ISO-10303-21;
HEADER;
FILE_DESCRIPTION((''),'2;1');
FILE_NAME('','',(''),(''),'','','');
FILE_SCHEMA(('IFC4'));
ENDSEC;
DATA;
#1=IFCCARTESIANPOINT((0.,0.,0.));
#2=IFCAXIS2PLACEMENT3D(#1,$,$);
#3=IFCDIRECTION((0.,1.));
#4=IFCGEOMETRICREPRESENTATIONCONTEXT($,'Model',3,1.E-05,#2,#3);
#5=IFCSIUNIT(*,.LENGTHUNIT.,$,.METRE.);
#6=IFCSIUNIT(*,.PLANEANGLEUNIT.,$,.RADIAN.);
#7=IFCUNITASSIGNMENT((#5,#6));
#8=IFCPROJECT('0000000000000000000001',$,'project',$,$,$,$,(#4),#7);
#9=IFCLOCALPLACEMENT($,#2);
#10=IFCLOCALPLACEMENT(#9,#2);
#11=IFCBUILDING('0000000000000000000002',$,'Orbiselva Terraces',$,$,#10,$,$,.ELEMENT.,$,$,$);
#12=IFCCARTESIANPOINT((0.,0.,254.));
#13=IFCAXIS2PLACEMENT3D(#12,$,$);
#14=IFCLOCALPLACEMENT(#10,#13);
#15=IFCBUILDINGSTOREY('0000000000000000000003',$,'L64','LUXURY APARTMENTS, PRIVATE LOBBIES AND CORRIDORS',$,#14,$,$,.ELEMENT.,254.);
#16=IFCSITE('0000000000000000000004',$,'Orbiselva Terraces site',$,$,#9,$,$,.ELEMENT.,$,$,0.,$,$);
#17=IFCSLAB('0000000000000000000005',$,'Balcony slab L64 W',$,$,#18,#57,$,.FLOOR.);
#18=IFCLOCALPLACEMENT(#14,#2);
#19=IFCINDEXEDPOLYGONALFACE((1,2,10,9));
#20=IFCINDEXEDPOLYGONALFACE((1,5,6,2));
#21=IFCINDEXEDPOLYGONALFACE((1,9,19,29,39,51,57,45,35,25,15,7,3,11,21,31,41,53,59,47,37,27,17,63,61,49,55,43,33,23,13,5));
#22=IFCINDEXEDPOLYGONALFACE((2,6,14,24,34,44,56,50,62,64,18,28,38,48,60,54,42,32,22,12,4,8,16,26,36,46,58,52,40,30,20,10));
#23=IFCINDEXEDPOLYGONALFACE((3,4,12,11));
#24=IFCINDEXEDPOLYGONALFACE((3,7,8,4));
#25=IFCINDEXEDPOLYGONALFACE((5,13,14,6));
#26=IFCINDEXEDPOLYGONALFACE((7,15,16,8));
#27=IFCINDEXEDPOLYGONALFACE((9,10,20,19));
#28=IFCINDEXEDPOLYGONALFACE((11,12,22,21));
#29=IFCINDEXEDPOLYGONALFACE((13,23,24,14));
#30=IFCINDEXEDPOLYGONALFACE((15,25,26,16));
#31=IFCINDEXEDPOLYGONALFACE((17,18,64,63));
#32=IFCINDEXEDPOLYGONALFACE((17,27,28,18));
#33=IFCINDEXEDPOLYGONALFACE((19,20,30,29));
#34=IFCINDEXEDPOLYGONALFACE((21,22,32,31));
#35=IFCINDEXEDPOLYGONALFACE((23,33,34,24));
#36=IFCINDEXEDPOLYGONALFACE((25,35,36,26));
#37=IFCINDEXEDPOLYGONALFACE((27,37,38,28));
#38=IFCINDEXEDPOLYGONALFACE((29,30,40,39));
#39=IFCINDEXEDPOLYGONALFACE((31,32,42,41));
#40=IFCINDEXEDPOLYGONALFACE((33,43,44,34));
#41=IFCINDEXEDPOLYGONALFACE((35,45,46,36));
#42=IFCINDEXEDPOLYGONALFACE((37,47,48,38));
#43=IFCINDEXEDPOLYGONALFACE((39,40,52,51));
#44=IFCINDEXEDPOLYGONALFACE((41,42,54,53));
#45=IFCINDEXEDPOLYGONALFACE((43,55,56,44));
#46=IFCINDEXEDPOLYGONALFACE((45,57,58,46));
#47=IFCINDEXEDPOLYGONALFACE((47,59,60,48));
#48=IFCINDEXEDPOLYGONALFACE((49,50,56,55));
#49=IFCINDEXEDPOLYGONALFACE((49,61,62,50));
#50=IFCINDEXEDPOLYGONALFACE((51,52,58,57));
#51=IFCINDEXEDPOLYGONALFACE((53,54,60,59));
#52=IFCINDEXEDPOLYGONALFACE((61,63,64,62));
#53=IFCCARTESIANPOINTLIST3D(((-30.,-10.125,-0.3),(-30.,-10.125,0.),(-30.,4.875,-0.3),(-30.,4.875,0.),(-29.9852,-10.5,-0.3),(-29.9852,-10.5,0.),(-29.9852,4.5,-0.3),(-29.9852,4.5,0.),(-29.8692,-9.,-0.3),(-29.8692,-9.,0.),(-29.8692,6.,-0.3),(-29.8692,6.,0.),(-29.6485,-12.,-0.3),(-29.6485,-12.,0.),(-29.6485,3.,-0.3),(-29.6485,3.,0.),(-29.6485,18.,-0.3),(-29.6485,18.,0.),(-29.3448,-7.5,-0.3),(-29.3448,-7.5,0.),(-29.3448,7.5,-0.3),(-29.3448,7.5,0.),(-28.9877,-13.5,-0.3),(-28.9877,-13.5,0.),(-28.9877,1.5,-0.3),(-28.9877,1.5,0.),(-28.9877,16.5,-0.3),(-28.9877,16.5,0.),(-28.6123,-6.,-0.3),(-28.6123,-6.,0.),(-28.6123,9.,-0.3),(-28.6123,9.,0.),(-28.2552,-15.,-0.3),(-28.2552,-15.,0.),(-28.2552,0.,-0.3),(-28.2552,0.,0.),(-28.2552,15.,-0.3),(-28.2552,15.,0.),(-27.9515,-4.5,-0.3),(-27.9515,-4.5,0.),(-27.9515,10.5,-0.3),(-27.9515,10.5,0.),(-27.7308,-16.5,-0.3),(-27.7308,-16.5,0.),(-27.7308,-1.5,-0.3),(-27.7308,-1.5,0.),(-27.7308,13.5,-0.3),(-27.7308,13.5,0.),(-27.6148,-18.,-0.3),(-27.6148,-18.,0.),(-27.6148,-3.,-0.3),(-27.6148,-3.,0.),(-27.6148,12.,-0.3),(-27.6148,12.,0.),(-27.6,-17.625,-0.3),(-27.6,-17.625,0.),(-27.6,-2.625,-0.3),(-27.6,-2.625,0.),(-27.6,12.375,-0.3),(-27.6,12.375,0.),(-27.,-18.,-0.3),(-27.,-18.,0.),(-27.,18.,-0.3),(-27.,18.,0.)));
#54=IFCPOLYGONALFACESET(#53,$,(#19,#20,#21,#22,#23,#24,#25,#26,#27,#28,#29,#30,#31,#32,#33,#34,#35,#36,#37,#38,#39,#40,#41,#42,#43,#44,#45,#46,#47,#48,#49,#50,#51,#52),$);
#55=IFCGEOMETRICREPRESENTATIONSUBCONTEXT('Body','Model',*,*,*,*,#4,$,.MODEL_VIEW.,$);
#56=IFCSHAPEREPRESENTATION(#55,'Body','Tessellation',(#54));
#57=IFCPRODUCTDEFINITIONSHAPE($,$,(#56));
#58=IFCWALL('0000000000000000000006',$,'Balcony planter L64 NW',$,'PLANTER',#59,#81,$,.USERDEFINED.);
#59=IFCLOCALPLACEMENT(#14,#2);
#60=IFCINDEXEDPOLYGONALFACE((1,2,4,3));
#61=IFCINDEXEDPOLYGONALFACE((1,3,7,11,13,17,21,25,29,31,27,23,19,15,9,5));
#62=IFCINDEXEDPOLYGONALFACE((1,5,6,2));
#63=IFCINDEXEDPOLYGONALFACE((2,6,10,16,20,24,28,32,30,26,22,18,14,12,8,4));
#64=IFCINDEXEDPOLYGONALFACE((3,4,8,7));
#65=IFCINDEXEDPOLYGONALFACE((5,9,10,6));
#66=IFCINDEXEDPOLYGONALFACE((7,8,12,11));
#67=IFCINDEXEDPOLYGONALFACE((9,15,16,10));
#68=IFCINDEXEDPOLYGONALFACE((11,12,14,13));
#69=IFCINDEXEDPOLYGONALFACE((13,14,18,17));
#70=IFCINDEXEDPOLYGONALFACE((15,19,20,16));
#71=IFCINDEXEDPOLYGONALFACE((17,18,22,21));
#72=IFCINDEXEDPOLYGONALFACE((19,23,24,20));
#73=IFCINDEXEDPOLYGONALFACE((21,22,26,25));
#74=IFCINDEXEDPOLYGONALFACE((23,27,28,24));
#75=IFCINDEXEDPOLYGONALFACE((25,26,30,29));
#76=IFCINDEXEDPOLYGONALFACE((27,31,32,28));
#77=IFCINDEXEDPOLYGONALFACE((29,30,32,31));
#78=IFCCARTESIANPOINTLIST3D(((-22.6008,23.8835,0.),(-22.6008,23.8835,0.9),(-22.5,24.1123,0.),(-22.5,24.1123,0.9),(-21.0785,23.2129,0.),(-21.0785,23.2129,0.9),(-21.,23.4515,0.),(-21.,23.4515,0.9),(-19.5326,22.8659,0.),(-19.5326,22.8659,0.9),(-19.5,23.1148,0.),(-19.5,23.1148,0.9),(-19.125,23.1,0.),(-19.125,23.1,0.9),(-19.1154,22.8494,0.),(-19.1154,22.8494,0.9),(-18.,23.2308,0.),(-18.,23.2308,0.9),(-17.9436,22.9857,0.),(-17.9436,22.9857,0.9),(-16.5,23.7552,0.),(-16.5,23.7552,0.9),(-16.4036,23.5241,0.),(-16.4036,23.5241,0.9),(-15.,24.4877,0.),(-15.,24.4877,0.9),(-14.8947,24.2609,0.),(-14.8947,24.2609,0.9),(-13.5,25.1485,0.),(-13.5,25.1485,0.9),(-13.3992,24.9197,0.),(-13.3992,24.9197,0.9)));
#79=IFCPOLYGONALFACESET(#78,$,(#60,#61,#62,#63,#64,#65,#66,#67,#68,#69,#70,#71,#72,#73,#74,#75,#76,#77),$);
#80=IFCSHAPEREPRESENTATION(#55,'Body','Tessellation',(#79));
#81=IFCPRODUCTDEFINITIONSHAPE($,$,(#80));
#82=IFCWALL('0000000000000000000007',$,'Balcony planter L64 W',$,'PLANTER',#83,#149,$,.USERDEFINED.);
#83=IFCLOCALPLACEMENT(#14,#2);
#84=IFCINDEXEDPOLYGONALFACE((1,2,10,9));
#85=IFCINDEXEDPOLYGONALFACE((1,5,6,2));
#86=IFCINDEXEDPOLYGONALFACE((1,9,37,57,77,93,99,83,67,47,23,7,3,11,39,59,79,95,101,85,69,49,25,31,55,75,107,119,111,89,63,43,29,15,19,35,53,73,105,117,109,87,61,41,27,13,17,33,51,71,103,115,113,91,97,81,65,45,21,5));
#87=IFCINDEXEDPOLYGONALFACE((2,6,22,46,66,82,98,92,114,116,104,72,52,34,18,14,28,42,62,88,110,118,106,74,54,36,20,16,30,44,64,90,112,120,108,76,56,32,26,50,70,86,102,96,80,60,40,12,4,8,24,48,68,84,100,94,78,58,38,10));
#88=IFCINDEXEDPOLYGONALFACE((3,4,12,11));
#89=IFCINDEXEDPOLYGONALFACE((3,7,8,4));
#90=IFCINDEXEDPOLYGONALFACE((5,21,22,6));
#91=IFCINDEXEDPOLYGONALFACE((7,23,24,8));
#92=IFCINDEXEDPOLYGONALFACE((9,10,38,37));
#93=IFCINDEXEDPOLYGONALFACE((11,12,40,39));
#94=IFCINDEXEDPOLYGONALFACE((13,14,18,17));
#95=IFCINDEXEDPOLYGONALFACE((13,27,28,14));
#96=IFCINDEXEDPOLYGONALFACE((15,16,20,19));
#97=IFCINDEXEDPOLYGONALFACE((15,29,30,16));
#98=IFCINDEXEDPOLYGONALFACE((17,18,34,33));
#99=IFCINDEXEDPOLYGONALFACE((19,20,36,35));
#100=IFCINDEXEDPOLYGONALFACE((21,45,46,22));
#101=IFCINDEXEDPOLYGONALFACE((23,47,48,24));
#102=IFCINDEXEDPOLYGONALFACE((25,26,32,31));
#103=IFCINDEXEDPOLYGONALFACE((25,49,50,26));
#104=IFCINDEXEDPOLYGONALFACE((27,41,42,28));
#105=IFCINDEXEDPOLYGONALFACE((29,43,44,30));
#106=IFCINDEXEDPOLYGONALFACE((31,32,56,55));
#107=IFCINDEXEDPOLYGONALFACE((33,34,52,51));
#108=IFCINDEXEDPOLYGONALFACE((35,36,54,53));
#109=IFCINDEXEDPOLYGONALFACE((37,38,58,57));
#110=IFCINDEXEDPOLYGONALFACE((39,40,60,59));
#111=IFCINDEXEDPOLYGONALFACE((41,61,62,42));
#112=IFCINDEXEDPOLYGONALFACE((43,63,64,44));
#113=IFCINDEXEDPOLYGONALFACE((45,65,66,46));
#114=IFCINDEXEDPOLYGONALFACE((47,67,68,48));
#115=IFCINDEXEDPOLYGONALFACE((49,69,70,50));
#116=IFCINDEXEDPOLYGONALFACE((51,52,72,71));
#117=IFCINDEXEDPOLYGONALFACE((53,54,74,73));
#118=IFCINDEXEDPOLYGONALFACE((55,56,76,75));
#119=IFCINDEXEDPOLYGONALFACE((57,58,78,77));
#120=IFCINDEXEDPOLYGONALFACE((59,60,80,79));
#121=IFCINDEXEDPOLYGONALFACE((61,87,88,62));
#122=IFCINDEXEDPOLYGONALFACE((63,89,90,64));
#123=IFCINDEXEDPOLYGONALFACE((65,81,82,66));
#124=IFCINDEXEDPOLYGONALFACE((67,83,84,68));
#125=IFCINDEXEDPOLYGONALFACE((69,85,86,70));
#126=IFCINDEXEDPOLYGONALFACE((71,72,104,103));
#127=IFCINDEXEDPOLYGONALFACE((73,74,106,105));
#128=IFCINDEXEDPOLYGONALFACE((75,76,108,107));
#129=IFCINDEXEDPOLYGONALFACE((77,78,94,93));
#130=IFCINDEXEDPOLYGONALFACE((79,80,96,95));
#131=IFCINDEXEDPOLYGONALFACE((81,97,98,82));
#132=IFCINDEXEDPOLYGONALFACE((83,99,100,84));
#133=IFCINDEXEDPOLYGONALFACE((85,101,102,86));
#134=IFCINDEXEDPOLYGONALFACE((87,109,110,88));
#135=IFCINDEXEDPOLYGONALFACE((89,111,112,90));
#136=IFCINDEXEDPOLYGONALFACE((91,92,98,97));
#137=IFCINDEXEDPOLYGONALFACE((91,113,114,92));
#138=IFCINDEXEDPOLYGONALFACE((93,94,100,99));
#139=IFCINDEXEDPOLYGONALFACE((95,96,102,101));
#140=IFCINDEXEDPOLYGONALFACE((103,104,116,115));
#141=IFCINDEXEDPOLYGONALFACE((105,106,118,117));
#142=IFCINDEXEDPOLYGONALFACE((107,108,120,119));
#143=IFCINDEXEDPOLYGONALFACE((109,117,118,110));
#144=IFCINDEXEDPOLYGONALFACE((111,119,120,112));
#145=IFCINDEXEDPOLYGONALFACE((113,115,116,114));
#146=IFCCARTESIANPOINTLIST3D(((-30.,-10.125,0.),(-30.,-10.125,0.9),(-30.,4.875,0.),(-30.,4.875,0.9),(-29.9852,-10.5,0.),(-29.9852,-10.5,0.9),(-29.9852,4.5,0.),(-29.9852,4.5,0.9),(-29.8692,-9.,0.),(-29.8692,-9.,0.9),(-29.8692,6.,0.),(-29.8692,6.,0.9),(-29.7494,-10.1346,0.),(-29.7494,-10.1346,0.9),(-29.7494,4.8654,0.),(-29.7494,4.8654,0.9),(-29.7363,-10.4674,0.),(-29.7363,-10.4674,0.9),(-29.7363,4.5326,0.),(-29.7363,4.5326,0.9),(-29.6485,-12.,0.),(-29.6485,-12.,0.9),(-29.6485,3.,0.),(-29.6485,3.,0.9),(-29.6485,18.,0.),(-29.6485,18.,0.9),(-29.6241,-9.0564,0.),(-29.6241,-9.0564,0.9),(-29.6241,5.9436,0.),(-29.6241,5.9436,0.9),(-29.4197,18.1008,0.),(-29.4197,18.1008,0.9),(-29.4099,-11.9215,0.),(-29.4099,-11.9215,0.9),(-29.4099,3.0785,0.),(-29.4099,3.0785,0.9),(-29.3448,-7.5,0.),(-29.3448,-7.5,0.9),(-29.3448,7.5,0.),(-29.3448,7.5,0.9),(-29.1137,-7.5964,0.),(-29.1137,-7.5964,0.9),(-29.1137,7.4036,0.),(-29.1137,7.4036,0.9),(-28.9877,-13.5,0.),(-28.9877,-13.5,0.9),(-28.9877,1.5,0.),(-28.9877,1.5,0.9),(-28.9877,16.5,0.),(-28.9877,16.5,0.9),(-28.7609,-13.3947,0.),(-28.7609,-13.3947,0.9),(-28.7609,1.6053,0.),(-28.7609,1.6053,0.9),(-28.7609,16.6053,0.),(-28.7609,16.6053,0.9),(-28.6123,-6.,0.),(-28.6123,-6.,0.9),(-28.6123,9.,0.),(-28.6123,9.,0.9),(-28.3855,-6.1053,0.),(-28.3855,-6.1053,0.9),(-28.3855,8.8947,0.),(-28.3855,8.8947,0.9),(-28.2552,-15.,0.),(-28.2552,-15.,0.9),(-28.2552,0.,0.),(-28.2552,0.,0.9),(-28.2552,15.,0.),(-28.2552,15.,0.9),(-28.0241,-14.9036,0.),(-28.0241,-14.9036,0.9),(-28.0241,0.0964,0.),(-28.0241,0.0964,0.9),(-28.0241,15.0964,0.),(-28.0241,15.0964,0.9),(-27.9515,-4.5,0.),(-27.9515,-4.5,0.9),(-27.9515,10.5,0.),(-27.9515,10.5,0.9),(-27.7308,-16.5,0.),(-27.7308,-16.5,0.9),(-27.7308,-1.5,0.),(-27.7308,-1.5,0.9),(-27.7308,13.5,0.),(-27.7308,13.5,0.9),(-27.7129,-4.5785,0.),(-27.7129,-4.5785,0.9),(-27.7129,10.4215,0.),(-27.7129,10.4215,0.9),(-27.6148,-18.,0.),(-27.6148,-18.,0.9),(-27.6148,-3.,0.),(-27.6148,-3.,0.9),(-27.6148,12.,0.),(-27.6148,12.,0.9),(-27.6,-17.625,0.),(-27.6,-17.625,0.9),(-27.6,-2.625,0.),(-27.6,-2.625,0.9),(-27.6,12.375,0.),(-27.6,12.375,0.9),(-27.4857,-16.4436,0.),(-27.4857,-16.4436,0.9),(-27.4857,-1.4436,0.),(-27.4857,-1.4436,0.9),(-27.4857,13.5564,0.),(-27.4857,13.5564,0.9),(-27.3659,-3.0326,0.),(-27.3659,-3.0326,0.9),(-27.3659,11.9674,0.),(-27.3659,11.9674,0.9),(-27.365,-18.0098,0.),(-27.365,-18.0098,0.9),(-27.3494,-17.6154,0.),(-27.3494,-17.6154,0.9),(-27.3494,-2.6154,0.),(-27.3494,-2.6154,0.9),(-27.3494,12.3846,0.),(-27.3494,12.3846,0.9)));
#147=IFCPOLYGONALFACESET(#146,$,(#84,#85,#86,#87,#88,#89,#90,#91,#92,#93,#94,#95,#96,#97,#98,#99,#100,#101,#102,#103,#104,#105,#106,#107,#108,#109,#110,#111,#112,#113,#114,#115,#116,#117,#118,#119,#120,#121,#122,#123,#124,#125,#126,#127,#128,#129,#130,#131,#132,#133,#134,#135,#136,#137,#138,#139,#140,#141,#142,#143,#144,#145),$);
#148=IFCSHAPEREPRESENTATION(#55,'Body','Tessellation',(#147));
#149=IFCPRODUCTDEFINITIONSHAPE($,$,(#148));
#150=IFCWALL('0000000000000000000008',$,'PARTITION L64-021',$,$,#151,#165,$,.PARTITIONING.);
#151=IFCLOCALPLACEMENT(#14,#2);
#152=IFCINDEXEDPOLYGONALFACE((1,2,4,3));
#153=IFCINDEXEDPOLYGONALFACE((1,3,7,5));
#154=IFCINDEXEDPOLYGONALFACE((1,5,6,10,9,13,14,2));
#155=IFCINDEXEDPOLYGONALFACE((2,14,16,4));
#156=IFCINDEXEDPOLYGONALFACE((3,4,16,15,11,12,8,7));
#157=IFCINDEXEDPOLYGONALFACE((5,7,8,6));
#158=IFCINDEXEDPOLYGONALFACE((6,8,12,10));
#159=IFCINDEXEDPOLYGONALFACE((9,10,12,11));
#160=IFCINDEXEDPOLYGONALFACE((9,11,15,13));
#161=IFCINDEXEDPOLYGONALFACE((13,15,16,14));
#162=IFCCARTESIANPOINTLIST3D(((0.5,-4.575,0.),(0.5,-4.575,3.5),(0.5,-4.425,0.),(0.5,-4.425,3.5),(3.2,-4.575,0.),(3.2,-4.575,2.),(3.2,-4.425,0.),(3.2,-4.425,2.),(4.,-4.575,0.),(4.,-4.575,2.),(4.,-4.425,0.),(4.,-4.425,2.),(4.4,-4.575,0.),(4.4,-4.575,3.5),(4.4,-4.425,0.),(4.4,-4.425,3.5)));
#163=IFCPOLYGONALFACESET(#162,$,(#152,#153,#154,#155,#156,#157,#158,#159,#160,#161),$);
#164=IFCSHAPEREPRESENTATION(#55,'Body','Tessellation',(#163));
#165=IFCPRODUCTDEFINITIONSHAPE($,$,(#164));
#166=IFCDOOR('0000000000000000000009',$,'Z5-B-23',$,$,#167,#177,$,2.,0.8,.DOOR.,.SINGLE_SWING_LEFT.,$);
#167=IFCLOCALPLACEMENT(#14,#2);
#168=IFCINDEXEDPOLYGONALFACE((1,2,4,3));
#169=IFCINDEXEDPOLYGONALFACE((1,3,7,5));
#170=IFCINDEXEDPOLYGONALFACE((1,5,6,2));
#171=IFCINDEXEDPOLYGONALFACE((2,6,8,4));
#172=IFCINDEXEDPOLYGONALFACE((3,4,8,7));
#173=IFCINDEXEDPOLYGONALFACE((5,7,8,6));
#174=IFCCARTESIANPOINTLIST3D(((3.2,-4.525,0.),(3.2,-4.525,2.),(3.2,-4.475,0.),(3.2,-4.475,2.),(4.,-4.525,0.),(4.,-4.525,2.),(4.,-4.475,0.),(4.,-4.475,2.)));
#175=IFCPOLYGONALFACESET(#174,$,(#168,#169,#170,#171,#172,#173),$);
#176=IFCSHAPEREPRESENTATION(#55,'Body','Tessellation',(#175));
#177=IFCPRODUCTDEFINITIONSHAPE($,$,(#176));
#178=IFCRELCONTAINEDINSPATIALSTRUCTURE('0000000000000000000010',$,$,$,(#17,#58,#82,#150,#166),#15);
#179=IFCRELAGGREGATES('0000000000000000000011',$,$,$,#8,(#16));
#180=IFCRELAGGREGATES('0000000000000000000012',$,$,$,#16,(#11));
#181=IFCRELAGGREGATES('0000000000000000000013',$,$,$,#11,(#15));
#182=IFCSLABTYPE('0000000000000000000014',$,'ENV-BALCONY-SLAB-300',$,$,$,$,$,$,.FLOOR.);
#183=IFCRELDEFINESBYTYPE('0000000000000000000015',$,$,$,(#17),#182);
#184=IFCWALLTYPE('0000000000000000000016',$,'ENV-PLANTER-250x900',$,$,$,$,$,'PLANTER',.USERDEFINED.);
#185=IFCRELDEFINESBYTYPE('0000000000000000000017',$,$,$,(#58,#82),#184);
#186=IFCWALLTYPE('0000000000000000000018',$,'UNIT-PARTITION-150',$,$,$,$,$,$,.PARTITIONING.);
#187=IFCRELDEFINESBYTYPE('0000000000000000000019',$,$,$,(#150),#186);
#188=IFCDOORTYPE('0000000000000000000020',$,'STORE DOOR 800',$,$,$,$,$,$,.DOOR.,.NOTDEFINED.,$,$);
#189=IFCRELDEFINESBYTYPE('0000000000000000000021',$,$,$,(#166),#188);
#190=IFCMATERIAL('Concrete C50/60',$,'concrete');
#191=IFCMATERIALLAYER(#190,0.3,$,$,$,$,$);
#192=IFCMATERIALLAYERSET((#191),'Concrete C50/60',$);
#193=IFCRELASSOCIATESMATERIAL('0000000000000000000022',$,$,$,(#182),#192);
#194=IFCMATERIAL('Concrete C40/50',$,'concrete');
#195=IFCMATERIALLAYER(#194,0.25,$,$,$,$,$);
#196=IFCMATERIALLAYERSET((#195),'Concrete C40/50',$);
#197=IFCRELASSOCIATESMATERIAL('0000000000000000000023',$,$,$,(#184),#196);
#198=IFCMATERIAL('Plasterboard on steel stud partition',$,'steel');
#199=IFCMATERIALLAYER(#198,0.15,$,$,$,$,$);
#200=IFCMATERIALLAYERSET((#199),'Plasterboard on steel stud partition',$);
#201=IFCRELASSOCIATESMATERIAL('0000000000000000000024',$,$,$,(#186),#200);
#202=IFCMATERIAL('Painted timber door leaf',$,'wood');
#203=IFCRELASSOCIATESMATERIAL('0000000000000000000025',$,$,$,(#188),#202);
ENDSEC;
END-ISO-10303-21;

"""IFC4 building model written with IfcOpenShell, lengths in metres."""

from ifc_helpers import new_model, si_unit, direction, frame, frame_2d, origin, place, context, subcontext, project, spatial, polyline, rectangle, outline, extrude, material, layer, layer_set, type_object, element, fill, save


model = new_model("IFC4")

# Units and contexts
model_context = context("Model", 3, precision=1e-05, world=origin(), true_north=direction((0.0, 1.0)))
body_context = subcontext(model_context, "Body", "Model", "MODEL_VIEW")
ifc_project = project(units=[si_unit("LENGTHUNIT", "METRE"), si_unit("PLANEANGLEUNIT", "RADIAN")], contexts=[model_context])

# Site, building, storey
site_placement = place(None, origin())
site = spatial("IfcSite", under=ifc_project, at=site_placement, Name="Orbiselva Terraces site", CompositionType="ELEMENT", RefElevation=0.0)
building_placement = place(site_placement, origin())
building = spatial("IfcBuilding", under=site, at=building_placement, Name="Orbiselva Terraces", CompositionType="ELEMENT")
storey_placement = place(building_placement, frame((0.0, 0.0, 254.0)))
storey = spatial("IfcBuildingStorey", under=building, at=storey_placement, Name="L64", Description="LUXURY APARTMENTS, PRIVATE LOBBIES AND CORRIDORS", CompositionType="ELEMENT", Elevation=254.0)

# Shared definitions
ifc_material_1 = material(Name="Concrete C50/60", Category="concrete")

# Shared definitions
ifc_material_2 = material(Name="Concrete C40/50", Category="concrete")

# Slab
ifc_layer_1 = layer(ifc_material_1, 0.3)
ifc_layer_set_1 = layer_set([ifc_layer_1], Name="Concrete C50/60")
slab_type_1 = type_object("IfcSlabType", Name="ENV-BALCONY-SLAB-300", PredefinedType="FLOOR", material=ifc_layer_set_1)
slab_1_placement = place(storey_placement, frame((0.0, 0.0, -0.3)))
element("IfcSlab", 1, at=slab_1_placement, inside=storey, type_object=slab_type_1, Name="Balcony slab L64 W", PredefinedType="FLOOR", context=body_context, shape_type="SweptSolid", body=[
    extrude(outline(polyline([(-29.6485, 18.0), (-28.9877, 16.5), (-28.2552, 15.0), (-27.7308, 13.5), (-27.6, 12.375), (-27.6148, 12.0), (-27.9515, 10.5), (-28.6123, 9.0), (-29.3448, 7.5), (-29.8692, 6.0), (-30.0, 4.875), (-29.9852, 4.5), (-29.6485, 3.0), (-28.9877, 1.5), (-28.2552, 0.0), (-27.7308, -1.5), (-27.6, -2.625), (-27.6148, -3.0), (-27.9515, -4.5), (-28.6123, -6.0), (-29.3448, -7.5), (-29.8692, -9.0), (-30.0, -10.125), (-29.9852, -10.5), (-29.6485, -12.0), (-28.9877, -13.5), (-28.2552, -15.0), (-27.7308, -16.5), (-27.6, -17.625), (-27.6148, -18.0), (-27.0, -18.0), (-27.0, 18.0), (-29.6485, 18.0)])), origin(), (0.0, 0.0, 1.0), 0.3),
])

# Walls
ifc_layer_2 = layer(ifc_material_2, 0.25)
ifc_layer_set_2 = layer_set([ifc_layer_2], Name="Concrete C40/50")
wall_type_1 = type_object("IfcWallType", Name="ENV-PLANTER-250x900", ElementType="PLANTER", PredefinedType="USERDEFINED", material=ifc_layer_set_2)
wall_1_placement = place(storey_placement, origin())
element("IfcWall", 2, at=wall_1_placement, inside=storey, type_object=wall_type_1, Name="Balcony planter L64 NW", ObjectType="PLANTER", PredefinedType="USERDEFINED", context=body_context, shape_type="SweptSolid", body=[
    extrude(outline(polyline([(-13.5, 25.1485), (-15.0, 24.4877), (-16.5, 23.7552), (-18.0, 23.2308), (-19.125, 23.1), (-19.5, 23.1148), (-21.0, 23.4515), (-22.5, 24.1123), (-22.6008, 23.8835), (-21.0785, 23.2129), (-19.5326, 22.8659), (-19.1154, 22.8494), (-17.9436, 22.9857), (-16.4036, 23.5241), (-14.8947, 24.2609), (-13.3992, 24.9197), (-13.5, 25.1485)])), origin(), (0.0, 0.0, 1.0), 0.9),
])
wall_2_placement = place(storey_placement, origin())
element("IfcWall", 3, at=wall_2_placement, inside=storey, type_object=wall_type_1, Name="Balcony planter L64 W", ObjectType="PLANTER", PredefinedType="USERDEFINED", context=body_context, shape_type="SweptSolid", body=[
    extrude(outline(polyline([(-29.6485, 18.0), (-28.9877, 16.5), (-28.2552, 15.0), (-27.7308, 13.5), (-27.6, 12.375), (-27.6148, 12.0), (-27.9515, 10.5), (-28.6123, 9.0), (-29.3448, 7.5), (-29.8692, 6.0), (-30.0, 4.875), (-29.9852, 4.5), (-29.6485, 3.0), (-28.9877, 1.5), (-28.2552, 0.0), (-27.7308, -1.5), (-27.6, -2.625), (-27.6148, -3.0), (-27.9515, -4.5), (-28.6123, -6.0), (-29.3448, -7.5), (-29.8692, -9.0), (-30.0, -10.125), (-29.9852, -10.5), (-29.6485, -12.0), (-28.9877, -13.5), (-28.2552, -15.0), (-27.7308, -16.5), (-27.6, -17.625), (-27.6148, -18.0), (-27.365, -18.0098), (-27.3494, -17.6154), (-27.4857, -16.4436), (-28.0241, -14.9036), (-28.7609, -13.3947), (-29.4099, -11.9215), (-29.7363, -10.4674), (-29.7494, -10.1346), (-29.6241, -9.0564), (-29.1137, -7.5964), (-28.3855, -6.1053), (-27.7129, -4.5785), (-27.3659, -3.0326), (-27.3494, -2.6154), (-27.4857, -1.4436), (-28.0241, 0.0964), (-28.7609, 1.6053), (-29.4099, 3.0785), (-29.7363, 4.5326), (-29.7494, 4.8654), (-29.6241, 5.9436), (-29.1137, 7.4036), (-28.3855, 8.8947), (-27.7129, 10.4215), (-27.3659, 11.9674), (-27.3494, 12.3846), (-27.4857, 13.5564), (-28.0241, 15.0964), (-28.7609, 16.6053), (-29.4197, 18.1008), (-29.6485, 18.0)])), origin(), (0.0, 0.0, 1.0), 0.9),
])

# Wall, opening, door
ifc_material_3 = material(Name="Plasterboard on steel stud partition", Category="steel")
ifc_layer_3 = layer(ifc_material_3, 0.15)
ifc_layer_set_3 = layer_set([ifc_layer_3], Name="Plasterboard on steel stud partition")
wall_type_2 = type_object("IfcWallType", Name="UNIT-PARTITION-150", PredefinedType="PARTITIONING", material=ifc_layer_set_3)
wall_3_placement = place(storey_placement, frame((4.4, -4.5, 0.0), z_axis=(0.0, 0.0, 1.0), x_axis=(-1.0, 0.0, 0.0)))
wall_3 = element("IfcWall", 4, at=wall_3_placement, inside=storey, type_object=wall_type_2, Name="PARTITION L64-021", PredefinedType="PARTITIONING", context=body_context, shape_type="SweptSolid", body=[
    extrude(rectangle(XDim=3.9, YDim=0.15, at=frame_2d((1.95, 0.0))), origin(), (0.0, 0.0, 1.0), 3.5),
])
opening_placement = place(wall_3_placement, frame((0.4, 0.0, 0.0)))
opening = element("IfcOpeningElement", 5, at=opening_placement, cuts=wall_3, PredefinedType="OPENING", context=body_context, shape_type="SweptSolid", body=[
    extrude(rectangle(XDim=0.8, YDim=2.0, at=frame_2d((0.4, 1.0))), frame((0.0, 0.085, 0.0), z_axis=(0.0, -1.0, 0.0), x_axis=(1.0, 0.0, 0.0)), (0.0, 0.0, 1.0), 0.17),
])
ifc_material_4 = material(Name="Painted timber door leaf", Category="wood")
door_type = type_object("IfcDoorType", Name="STORE DOOR 800", OperationType="NOTDEFINED", PredefinedType="DOOR", material=ifc_material_4)
door_placement = place(opening_placement, origin())
door = element("IfcDoor", 6, at=door_placement, inside=storey, type_object=door_type, Name="Z5-B-23", OperationType="SINGLE_SWING_LEFT", OverallHeight=2.0, OverallWidth=0.8, PredefinedType="DOOR", context=body_context, shape_type="SweptSolid", body=[
    extrude(rectangle(XDim=0.8, YDim=2.0, at=frame_2d((0.4, 1.0))), frame((0.0, 0.025, 0.0), z_axis=(0.0, -1.0, 0.0), x_axis=(1.0, 0.0, 0.0)), (0.0, 0.0, 1.0), 0.05),
])
fill(opening, door)

save(model, "model.ifc")
